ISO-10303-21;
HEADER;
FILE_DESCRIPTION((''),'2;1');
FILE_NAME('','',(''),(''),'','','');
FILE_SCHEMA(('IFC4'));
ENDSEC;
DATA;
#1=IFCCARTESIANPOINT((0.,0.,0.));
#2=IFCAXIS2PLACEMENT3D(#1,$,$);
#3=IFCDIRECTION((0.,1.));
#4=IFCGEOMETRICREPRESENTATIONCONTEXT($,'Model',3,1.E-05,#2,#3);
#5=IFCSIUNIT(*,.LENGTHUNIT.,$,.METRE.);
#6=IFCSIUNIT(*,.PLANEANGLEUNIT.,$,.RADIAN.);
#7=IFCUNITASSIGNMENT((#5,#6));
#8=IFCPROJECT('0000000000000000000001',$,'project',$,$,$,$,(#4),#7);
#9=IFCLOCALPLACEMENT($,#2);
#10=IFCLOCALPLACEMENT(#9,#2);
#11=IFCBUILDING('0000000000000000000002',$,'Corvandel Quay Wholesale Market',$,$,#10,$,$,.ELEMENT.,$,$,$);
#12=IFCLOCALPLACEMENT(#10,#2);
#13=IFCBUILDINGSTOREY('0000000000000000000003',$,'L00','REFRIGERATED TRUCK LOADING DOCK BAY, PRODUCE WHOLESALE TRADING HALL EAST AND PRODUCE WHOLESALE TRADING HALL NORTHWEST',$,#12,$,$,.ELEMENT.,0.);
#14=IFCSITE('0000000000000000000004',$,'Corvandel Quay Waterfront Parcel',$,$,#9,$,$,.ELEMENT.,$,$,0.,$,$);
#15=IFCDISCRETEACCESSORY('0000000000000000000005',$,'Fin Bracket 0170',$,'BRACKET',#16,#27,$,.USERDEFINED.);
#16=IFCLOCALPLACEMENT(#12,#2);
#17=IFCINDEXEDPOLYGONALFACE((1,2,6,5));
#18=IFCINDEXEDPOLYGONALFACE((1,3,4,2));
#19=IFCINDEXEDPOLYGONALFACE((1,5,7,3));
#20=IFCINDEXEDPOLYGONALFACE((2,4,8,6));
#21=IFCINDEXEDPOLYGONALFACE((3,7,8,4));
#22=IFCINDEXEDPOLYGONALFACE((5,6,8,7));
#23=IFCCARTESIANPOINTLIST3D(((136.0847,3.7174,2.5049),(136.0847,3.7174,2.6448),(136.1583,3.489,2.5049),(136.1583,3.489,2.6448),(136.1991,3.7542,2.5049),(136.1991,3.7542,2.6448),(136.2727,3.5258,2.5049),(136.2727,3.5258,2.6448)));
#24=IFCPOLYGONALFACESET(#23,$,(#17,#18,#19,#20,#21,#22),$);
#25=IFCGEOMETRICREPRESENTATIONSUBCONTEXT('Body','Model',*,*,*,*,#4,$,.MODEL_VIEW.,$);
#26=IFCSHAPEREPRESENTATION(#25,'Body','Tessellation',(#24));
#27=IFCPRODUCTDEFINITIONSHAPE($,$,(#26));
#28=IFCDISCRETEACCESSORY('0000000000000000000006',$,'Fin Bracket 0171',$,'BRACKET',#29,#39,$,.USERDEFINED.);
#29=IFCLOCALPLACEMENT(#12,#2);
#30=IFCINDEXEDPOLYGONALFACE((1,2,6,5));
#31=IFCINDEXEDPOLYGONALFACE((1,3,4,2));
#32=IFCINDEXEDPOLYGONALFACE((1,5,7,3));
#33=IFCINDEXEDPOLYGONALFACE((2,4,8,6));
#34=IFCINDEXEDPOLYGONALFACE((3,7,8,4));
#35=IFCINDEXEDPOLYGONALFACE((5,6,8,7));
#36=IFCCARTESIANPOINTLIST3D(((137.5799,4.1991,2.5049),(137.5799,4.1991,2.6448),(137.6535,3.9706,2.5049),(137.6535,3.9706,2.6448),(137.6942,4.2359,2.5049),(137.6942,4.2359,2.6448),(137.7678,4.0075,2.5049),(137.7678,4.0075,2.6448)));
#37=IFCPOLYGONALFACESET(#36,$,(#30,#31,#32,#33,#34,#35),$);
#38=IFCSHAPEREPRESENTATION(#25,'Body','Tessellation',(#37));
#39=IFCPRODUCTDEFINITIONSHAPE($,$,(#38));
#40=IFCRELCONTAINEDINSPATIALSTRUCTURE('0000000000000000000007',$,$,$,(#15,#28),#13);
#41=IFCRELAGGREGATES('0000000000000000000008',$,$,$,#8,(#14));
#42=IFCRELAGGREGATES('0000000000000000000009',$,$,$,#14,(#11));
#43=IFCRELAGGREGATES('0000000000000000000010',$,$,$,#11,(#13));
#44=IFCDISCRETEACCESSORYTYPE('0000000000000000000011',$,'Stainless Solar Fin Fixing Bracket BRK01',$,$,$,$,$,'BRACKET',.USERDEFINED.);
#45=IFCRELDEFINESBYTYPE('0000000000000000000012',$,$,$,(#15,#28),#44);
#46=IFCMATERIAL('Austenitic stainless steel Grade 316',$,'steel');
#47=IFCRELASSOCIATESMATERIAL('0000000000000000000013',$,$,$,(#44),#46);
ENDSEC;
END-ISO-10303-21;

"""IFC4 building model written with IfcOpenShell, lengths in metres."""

from ifc_helpers import new_model, si_unit, direction, frame, origin, origin_2d, place, context, subcontext, project, spatial, rectangle, extrude, material, type_object, element, save


model = new_model("IFC4")

# Units and contexts
model_context = context("Model", 3, precision=1e-05, world=origin(), true_north=direction((0.0, 1.0)))
body_context = subcontext(model_context, "Body", "Model", "MODEL_VIEW")
ifc_project = project(units=[si_unit("LENGTHUNIT", "METRE"), si_unit("PLANEANGLEUNIT", "RADIAN")], contexts=[model_context])

# Site, building, storey
site_placement = place(None, origin())
site = spatial("IfcSite", under=ifc_project, at=site_placement, Name="Corvandel Quay Waterfront Parcel", CompositionType="ELEMENT", RefElevation=0.0)
building_placement = place(site_placement, origin())
building = spatial("IfcBuilding", under=site, at=building_placement, Name="Corvandel Quay Wholesale Market", CompositionType="ELEMENT")
storey_placement = place(building_placement, origin())
storey = spatial("IfcBuildingStorey", under=building, at=storey_placement, Name="L00", Description="REFRIGERATED TRUCK LOADING DOCK BAY, PRODUCE WHOLESALE TRADING HALL EAST AND PRODUCE WHOLESALE TRADING HALL NORTHWEST", CompositionType="ELEMENT", Elevation=0.0)

# Discrete accessories
ifc_material_1 = material(Name="Austenitic stainless steel Grade 316", Category="steel")
discrete_accessory_type = type_object("IfcDiscreteAccessoryType", Name="Stainless Solar Fin Fixing Bracket BRK01", ElementType="BRACKET", PredefinedType="USERDEFINED", material=ifc_material_1)
for number, where, z_axis, x_axis, name in (
    (1, (136.1787, 3.6216, 2.5049), (0.0, 0.0, 1.0), (-0.306692, 0.951809, 0.0), "Fin Bracket 0170"),
    (2, (137.6738, 4.1033, 2.5049), (0.0, 0.0, 1.0), (-0.306692, 0.951809, 0.0), "Fin Bracket 0171"),
):
    element("IfcDiscreteAccessory", number, at=place(storey_placement, frame(where, z_axis=z_axis, x_axis=x_axis)), inside=storey, type_object=discrete_accessory_type, Name=name, ObjectType="BRACKET", PredefinedType="USERDEFINED", context=body_context, shape_type="SweptSolid", body=[
        extrude(rectangle(XDim=0.24, YDim=0.1201, at=origin_2d()), origin(), (0.0, 0.0, 1.0), 0.1399),
    ])

save(model, "model.ifc")
